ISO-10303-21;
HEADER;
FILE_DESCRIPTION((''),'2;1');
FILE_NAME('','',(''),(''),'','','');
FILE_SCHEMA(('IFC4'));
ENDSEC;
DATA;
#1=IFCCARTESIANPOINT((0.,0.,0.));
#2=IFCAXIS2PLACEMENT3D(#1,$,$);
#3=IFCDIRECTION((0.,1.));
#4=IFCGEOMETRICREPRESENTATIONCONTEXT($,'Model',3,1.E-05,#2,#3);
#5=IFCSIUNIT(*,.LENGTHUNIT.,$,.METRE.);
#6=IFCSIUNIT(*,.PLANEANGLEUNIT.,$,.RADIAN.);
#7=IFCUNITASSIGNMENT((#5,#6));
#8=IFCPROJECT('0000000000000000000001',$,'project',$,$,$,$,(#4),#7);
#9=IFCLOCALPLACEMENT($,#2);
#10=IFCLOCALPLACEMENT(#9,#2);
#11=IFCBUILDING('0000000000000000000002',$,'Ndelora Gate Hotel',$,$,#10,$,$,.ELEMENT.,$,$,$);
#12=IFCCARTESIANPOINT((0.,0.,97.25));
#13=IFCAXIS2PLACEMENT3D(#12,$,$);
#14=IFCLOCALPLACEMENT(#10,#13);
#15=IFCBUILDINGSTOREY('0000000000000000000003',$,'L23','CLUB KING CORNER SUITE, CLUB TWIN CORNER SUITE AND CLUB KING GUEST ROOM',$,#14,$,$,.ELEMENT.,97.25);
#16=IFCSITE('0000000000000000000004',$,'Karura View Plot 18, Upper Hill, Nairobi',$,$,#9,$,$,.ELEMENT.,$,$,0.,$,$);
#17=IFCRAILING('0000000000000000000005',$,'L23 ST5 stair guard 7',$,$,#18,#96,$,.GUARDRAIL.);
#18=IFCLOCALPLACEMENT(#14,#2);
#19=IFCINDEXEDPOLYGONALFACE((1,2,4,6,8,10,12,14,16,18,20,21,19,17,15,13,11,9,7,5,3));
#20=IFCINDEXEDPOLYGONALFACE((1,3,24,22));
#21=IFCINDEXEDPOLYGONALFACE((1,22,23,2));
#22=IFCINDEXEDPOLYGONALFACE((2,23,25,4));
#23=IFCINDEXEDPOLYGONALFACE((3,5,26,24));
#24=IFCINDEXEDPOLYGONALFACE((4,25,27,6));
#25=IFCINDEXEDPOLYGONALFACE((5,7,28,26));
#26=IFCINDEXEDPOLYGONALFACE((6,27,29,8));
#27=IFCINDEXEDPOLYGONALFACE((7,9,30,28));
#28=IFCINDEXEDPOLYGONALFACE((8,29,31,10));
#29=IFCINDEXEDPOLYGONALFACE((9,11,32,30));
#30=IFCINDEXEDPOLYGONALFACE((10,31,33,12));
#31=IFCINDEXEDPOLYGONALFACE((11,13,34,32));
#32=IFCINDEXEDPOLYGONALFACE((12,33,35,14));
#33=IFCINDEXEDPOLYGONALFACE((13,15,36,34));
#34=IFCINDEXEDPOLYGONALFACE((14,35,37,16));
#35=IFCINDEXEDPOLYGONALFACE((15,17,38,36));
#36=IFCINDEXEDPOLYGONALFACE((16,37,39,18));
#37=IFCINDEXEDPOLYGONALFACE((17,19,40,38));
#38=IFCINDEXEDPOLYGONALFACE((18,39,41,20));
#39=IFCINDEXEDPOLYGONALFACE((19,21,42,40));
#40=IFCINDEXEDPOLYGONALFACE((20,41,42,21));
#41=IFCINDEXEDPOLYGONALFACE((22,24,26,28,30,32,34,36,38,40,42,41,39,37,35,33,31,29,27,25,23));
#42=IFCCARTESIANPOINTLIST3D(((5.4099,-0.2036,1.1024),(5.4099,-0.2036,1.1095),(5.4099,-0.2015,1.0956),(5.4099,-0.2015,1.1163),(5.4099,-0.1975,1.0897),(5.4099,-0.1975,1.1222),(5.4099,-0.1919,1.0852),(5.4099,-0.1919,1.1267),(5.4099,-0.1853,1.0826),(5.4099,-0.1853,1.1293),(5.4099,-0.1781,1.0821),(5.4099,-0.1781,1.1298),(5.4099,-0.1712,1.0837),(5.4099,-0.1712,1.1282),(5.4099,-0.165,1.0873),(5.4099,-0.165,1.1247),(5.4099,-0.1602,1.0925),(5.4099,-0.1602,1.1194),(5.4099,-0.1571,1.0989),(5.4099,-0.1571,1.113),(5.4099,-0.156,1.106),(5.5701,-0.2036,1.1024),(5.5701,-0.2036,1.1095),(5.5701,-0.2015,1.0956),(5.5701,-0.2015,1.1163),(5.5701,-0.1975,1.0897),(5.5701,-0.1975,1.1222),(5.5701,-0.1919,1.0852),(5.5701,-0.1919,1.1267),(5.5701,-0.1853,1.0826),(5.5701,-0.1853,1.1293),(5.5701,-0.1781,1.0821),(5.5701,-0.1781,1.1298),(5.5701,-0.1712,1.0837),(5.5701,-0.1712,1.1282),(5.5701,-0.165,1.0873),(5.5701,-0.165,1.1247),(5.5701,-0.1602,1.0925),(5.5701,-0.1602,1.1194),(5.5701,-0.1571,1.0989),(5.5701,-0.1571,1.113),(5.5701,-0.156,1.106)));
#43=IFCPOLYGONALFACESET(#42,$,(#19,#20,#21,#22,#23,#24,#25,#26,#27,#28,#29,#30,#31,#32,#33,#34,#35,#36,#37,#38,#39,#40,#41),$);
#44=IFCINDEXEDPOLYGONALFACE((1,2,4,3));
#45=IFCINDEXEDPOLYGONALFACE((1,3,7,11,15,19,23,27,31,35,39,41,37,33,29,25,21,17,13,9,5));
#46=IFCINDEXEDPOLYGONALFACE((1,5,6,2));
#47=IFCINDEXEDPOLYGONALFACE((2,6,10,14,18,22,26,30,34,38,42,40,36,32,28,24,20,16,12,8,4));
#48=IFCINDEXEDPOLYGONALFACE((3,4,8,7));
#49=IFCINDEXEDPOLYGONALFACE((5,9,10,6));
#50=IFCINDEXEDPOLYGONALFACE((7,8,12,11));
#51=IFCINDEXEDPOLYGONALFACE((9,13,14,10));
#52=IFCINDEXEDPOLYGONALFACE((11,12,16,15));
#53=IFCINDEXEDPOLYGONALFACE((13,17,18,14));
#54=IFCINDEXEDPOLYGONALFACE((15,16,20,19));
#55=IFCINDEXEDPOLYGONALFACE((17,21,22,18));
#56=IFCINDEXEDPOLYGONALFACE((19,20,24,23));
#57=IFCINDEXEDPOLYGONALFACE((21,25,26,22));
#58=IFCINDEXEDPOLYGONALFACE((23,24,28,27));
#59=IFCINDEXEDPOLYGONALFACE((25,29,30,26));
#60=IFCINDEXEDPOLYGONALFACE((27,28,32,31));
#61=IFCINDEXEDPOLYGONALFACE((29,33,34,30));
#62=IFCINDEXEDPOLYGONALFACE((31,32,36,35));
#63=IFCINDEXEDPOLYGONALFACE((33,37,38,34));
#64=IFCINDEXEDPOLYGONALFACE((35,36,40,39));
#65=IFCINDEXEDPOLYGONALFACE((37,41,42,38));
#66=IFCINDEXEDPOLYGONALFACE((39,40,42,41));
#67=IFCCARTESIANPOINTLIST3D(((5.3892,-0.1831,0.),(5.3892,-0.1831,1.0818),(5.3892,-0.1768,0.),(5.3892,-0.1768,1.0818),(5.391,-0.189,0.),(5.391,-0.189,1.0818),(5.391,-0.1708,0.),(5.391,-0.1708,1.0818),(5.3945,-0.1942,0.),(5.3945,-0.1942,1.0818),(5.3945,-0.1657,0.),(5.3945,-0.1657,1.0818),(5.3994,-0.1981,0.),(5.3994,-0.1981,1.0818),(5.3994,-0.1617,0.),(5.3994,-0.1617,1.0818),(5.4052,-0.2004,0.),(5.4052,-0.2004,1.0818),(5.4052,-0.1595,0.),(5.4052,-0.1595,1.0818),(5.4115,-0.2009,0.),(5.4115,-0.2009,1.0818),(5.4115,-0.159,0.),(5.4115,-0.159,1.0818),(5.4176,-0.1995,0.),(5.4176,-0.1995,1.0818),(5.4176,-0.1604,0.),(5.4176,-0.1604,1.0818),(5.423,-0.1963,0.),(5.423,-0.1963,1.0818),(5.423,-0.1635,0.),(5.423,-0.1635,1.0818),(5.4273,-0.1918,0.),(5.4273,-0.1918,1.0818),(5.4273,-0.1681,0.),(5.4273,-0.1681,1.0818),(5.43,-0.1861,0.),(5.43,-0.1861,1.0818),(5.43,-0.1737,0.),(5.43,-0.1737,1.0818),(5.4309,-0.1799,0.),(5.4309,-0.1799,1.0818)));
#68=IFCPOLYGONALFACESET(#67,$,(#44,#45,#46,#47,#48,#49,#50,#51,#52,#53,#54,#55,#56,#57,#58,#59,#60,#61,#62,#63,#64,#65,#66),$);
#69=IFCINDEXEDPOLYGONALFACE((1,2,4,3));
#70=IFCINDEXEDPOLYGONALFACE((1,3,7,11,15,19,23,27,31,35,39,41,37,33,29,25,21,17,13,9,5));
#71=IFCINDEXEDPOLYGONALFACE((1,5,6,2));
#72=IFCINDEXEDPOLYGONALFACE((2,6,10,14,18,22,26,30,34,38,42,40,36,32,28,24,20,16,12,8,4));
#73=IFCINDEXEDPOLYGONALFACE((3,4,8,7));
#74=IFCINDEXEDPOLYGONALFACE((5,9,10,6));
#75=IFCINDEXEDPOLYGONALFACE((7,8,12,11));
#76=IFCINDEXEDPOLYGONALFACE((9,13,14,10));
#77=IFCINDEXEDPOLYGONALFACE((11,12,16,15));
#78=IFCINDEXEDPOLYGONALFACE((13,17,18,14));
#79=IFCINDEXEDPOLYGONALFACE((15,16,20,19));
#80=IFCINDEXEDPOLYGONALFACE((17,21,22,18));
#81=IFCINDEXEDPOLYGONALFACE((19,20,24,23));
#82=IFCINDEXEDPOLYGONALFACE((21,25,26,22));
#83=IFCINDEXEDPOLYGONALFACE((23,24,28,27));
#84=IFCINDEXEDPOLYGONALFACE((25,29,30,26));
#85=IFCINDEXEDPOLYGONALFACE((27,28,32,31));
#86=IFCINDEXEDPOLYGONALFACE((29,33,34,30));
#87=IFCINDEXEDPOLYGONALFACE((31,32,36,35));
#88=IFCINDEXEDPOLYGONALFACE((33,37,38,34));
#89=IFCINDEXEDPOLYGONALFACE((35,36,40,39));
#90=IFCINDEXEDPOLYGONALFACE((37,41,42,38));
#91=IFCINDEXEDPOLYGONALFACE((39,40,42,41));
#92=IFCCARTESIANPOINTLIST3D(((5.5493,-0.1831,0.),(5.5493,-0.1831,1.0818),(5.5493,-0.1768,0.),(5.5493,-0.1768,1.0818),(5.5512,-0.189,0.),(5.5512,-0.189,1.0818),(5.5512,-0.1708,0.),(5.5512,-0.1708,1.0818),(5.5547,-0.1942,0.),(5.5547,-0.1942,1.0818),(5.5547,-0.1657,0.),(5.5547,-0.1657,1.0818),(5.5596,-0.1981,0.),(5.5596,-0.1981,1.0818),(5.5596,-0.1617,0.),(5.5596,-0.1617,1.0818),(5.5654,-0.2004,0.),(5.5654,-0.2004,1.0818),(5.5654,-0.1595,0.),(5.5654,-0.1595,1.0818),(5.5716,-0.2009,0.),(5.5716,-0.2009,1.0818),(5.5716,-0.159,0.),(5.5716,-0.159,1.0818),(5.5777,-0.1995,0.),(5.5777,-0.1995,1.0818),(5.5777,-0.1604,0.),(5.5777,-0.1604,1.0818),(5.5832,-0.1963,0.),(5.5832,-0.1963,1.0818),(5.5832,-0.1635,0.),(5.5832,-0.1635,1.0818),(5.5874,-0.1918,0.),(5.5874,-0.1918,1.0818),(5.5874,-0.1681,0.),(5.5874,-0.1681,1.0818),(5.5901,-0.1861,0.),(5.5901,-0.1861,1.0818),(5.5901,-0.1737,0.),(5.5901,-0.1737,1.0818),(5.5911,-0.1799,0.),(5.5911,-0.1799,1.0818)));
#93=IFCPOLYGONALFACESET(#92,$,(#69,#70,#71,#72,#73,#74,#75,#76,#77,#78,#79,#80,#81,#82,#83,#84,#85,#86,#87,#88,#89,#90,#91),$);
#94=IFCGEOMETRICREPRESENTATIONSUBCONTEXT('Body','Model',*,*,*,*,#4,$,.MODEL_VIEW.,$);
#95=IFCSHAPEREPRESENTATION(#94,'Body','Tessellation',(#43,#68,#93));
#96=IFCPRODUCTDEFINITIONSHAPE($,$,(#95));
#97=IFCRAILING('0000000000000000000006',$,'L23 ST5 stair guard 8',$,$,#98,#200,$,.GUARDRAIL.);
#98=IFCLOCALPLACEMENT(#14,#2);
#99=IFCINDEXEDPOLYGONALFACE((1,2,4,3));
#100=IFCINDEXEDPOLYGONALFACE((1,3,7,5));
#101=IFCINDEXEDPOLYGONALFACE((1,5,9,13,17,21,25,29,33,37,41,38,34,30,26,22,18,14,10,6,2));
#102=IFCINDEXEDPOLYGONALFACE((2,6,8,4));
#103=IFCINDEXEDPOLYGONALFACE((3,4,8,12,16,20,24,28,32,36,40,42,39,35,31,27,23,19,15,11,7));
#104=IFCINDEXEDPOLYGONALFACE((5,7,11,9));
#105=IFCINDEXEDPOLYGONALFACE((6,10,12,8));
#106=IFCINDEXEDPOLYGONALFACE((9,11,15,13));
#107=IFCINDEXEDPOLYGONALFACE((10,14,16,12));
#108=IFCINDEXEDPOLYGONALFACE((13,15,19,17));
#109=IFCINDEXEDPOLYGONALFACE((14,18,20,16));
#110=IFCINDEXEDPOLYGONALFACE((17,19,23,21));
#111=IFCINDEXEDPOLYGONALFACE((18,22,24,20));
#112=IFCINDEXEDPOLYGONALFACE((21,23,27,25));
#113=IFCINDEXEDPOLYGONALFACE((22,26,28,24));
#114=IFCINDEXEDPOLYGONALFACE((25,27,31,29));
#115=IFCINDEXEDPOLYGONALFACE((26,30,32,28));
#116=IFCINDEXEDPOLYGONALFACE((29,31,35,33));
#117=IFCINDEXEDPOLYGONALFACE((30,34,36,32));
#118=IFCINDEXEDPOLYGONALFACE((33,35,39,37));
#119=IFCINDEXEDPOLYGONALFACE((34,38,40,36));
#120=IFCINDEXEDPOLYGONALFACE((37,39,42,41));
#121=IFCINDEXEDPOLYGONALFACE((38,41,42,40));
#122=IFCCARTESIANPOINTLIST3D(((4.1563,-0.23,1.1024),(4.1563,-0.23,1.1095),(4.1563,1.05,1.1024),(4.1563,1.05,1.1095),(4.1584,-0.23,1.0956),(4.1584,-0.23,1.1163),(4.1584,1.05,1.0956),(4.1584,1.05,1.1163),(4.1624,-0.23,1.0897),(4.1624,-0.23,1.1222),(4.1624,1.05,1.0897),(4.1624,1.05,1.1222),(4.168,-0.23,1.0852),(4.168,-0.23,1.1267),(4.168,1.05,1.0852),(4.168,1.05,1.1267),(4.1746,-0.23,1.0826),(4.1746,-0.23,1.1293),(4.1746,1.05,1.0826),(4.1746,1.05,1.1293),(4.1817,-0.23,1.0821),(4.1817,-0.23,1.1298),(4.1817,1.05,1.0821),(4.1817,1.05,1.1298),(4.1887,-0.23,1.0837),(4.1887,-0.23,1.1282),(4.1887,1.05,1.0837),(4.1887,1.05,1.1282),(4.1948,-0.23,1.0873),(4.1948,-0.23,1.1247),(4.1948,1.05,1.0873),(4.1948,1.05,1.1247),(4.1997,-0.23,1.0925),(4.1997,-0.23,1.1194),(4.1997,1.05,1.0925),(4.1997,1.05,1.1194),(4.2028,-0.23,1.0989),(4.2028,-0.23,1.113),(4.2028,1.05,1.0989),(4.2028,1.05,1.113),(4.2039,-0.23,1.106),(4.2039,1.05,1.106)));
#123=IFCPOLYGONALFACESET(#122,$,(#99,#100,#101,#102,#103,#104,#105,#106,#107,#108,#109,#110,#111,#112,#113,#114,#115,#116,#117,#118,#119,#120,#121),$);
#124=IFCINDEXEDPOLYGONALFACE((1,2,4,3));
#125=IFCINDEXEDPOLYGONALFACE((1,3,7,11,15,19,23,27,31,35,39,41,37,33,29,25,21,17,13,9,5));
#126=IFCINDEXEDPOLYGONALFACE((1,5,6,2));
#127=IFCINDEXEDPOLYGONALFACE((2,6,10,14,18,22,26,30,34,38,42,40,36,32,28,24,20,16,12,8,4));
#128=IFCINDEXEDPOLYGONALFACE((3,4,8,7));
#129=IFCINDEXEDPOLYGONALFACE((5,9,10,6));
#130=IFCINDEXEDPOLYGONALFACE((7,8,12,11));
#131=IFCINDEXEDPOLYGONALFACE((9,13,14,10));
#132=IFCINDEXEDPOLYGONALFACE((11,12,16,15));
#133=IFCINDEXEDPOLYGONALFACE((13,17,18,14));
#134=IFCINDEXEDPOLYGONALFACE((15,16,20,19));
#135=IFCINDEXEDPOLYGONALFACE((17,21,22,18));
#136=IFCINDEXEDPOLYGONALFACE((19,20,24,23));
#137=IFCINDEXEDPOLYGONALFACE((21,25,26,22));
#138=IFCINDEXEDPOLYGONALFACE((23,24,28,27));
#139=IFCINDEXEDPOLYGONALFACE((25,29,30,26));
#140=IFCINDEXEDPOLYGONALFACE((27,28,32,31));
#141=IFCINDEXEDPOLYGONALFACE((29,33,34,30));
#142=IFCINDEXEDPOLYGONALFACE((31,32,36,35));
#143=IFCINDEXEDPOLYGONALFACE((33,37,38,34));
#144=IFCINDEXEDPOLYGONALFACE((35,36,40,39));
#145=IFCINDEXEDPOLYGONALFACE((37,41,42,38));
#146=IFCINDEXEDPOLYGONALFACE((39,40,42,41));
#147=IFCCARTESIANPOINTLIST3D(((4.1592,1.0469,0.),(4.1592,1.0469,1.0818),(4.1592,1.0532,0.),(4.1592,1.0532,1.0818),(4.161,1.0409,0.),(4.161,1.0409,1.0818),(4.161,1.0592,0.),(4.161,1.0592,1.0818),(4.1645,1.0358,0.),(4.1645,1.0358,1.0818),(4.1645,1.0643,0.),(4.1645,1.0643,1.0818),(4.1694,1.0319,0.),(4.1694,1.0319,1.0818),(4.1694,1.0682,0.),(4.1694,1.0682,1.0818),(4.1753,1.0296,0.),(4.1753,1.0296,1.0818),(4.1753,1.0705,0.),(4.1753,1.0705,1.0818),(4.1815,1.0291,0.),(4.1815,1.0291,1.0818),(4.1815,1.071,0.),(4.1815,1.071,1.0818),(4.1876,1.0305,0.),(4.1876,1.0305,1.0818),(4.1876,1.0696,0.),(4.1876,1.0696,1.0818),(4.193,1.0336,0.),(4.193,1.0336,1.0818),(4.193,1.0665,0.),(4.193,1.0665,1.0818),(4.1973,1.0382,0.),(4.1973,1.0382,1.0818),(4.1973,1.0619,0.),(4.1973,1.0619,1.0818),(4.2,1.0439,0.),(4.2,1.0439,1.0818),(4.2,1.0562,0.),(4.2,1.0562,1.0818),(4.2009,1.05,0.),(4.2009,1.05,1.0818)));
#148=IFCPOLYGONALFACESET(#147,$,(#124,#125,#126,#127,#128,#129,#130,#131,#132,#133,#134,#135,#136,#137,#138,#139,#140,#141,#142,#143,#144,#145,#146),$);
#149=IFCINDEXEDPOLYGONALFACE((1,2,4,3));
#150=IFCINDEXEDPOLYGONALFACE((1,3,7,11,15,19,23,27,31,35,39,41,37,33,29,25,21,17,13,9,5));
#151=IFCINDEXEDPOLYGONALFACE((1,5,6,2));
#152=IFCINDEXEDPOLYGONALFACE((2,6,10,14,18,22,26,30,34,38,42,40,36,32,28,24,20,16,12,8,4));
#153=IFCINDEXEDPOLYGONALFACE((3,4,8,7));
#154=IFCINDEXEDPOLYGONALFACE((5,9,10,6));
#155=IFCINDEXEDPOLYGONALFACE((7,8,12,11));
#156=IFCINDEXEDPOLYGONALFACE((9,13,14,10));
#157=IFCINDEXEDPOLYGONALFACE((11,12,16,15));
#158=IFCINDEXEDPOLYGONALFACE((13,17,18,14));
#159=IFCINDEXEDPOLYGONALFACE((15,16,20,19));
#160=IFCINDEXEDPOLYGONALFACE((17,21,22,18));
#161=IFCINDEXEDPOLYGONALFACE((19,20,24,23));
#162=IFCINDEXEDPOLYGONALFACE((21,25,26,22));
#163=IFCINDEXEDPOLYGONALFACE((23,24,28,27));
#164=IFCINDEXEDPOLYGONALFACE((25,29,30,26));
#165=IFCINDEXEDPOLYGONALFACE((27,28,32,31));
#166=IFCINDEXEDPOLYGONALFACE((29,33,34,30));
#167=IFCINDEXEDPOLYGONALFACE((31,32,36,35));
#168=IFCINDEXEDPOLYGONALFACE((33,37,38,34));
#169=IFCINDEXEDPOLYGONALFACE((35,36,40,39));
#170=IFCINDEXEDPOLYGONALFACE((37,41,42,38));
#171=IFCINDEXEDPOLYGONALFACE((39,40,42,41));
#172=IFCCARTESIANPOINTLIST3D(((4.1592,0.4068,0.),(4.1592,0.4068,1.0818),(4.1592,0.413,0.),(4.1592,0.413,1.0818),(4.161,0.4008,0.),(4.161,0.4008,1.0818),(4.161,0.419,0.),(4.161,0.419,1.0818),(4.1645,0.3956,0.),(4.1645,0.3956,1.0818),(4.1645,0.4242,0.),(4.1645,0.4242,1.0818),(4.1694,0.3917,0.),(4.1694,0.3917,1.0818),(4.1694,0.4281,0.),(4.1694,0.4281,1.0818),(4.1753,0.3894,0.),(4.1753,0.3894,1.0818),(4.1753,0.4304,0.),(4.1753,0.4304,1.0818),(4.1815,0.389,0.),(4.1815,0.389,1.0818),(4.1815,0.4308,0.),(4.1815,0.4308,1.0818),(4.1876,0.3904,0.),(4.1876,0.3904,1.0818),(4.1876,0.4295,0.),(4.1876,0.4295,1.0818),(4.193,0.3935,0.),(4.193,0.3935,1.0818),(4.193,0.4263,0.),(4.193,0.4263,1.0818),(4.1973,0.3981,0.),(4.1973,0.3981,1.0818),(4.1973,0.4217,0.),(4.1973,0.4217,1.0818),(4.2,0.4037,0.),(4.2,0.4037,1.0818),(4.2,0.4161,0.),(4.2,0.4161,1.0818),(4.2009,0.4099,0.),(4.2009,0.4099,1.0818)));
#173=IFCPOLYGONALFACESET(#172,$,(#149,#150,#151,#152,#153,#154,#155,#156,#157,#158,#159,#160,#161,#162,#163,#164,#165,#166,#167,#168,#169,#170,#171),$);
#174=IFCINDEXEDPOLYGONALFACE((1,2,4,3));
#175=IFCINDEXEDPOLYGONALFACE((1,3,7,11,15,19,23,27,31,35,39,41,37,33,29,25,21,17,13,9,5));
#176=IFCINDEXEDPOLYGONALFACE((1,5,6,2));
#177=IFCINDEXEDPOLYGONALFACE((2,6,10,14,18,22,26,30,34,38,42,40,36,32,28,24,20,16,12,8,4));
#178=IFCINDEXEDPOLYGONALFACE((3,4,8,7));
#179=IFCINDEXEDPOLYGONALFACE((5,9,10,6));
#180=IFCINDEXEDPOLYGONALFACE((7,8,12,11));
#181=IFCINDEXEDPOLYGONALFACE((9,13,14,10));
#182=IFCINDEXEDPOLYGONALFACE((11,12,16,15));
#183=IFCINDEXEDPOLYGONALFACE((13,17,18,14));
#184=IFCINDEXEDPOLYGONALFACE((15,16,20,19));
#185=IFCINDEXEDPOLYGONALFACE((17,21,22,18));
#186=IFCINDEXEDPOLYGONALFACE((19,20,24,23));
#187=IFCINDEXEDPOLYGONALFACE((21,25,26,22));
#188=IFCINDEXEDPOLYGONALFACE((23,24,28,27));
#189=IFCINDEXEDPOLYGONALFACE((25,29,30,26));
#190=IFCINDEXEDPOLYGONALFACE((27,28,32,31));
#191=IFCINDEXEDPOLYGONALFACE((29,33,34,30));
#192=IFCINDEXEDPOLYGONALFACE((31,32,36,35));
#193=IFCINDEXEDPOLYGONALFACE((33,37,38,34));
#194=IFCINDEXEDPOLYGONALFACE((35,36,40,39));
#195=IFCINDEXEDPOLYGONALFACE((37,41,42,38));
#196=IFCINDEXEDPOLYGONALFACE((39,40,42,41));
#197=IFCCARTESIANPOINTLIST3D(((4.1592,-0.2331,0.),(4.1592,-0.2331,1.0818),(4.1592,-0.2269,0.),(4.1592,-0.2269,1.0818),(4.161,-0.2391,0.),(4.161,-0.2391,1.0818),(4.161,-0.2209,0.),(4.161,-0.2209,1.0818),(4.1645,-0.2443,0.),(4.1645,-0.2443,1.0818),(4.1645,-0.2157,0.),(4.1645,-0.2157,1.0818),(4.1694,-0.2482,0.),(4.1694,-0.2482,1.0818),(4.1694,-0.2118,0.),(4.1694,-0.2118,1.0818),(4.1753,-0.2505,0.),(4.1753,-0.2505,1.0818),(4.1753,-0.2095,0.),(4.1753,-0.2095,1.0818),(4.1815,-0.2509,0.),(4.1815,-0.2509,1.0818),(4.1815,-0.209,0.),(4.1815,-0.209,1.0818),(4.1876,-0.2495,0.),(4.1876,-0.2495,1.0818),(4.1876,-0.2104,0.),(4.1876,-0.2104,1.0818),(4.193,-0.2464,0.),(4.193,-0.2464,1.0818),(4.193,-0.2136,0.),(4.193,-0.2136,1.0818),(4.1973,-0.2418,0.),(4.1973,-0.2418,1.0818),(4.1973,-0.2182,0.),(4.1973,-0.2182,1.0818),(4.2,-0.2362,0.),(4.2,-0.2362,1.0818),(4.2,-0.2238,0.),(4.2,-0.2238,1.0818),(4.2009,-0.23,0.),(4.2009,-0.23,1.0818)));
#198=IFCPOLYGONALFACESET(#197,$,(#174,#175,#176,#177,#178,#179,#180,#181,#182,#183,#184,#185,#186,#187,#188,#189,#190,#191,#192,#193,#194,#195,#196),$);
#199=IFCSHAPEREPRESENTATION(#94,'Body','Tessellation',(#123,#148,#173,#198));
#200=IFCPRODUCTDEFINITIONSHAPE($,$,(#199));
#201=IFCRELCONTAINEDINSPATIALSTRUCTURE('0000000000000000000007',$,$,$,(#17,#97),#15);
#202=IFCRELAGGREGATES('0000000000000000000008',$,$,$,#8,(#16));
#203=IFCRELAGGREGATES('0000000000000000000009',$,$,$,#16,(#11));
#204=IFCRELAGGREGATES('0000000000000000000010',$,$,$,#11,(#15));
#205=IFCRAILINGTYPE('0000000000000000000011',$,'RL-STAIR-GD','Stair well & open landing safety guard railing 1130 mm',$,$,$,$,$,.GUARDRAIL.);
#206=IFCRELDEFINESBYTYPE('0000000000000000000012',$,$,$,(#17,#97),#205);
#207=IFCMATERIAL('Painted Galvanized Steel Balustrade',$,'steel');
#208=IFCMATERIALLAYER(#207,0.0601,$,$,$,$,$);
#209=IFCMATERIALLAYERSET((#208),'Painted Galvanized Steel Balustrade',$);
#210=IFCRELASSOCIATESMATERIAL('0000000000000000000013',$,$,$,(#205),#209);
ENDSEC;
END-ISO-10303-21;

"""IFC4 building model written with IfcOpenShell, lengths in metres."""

from ifc_helpers import new_model, si_unit, direction, frame, origin, origin_2d, place, context, subcontext, project, spatial, circle, extrude, material, layer, layer_set, type_object, element, save


model = new_model("IFC4")

# Units and contexts
model_context = context("Model", 3, precision=1e-05, world=origin(), true_north=direction((0.0, 1.0)))
body_context = subcontext(model_context, "Body", "Model", "MODEL_VIEW")
ifc_project = project(units=[si_unit("LENGTHUNIT", "METRE"), si_unit("PLANEANGLEUNIT", "RADIAN")], contexts=[model_context])

# Site, building, storey
site_placement = place(None, origin())
site = spatial("IfcSite", under=ifc_project, at=site_placement, Name="Karura View Plot 18, Upper Hill, Nairobi", CompositionType="ELEMENT", RefElevation=0.0)
building_placement = place(site_placement, origin())
building = spatial("IfcBuilding", under=site, at=building_placement, Name="Ndelora Gate Hotel", CompositionType="ELEMENT")
storey_placement = place(building_placement, frame((0.0, 0.0, 97.25)))
storey = spatial("IfcBuildingStorey", under=building, at=storey_placement, Name="L23", Description="CLUB KING CORNER SUITE, CLUB TWIN CORNER SUITE AND CLUB KING GUEST ROOM", CompositionType="ELEMENT", Elevation=97.25)

# Railings
ifc_material_1 = material(Name="Painted Galvanized Steel Balustrade", Category="steel")
ifc_layer_1 = layer(ifc_material_1, 0.0601)
ifc_layer_set_1 = layer_set([ifc_layer_1], Name="Painted Galvanized Steel Balustrade")
railing_type = type_object("IfcRailingType", Name="RL-STAIR-GD", Description="Stair well & open landing safety guard railing 1130 mm", PredefinedType="GUARDRAIL", material=ifc_layer_set_1)
railing_1_placement = place(storey_placement, frame((5.4099, -0.1799, 0.0)))
element("IfcRailing", 1, at=railing_1_placement, inside=storey, type_object=railing_type, Name="L23 ST5 stair guard 7", PredefinedType="GUARDRAIL", context=body_context, shape_type="SweptSolid", body=[
    extrude(circle(Radius=0.0239, at=origin_2d()), frame((0.0, 0.0, 1.106), z_axis=(1.0, 0.0, 0.0), x_axis=(0.0, 1.0, 0.0)), (0.0, 0.0, 1.0), 0.1602),
    extrude(circle(Radius=0.021, at=origin_2d()), origin(), (0.0, 0.0, 1.0), 1.0818),
    extrude(circle(Radius=0.021, at=origin_2d()), frame((0.1602, 0.0, 0.0)), (0.0, 0.0, 1.0), 1.0818),
])
railing_2_placement = place(storey_placement, frame((4.1799, 1.05, 0.0)))
element("IfcRailing", 2, at=railing_2_placement, inside=storey, type_object=railing_type, Name="L23 ST5 stair guard 8", PredefinedType="GUARDRAIL", context=body_context, shape_type="SweptSolid", body=[
    extrude(circle(Radius=0.0239, at=origin_2d()), frame((0.0, 0.0, 1.106), z_axis=(0.0, -1.0, 0.0), x_axis=(1.0, 0.0, 0.0)), (0.0, 0.0, 1.0), 1.28),
    extrude(circle(Radius=0.021, at=origin_2d()), origin(), (0.0, 0.0, 1.0), 1.0818),
    extrude(circle(Radius=0.021, at=origin_2d()), frame((0.0, -0.6401, 0.0)), (0.0, 0.0, 1.0), 1.0818),
    extrude(circle(Radius=0.021, at=origin_2d()), frame((0.0, -1.28, 0.0)), (0.0, 0.0, 1.0), 1.0818),
])

save(model, "model.ifc")
